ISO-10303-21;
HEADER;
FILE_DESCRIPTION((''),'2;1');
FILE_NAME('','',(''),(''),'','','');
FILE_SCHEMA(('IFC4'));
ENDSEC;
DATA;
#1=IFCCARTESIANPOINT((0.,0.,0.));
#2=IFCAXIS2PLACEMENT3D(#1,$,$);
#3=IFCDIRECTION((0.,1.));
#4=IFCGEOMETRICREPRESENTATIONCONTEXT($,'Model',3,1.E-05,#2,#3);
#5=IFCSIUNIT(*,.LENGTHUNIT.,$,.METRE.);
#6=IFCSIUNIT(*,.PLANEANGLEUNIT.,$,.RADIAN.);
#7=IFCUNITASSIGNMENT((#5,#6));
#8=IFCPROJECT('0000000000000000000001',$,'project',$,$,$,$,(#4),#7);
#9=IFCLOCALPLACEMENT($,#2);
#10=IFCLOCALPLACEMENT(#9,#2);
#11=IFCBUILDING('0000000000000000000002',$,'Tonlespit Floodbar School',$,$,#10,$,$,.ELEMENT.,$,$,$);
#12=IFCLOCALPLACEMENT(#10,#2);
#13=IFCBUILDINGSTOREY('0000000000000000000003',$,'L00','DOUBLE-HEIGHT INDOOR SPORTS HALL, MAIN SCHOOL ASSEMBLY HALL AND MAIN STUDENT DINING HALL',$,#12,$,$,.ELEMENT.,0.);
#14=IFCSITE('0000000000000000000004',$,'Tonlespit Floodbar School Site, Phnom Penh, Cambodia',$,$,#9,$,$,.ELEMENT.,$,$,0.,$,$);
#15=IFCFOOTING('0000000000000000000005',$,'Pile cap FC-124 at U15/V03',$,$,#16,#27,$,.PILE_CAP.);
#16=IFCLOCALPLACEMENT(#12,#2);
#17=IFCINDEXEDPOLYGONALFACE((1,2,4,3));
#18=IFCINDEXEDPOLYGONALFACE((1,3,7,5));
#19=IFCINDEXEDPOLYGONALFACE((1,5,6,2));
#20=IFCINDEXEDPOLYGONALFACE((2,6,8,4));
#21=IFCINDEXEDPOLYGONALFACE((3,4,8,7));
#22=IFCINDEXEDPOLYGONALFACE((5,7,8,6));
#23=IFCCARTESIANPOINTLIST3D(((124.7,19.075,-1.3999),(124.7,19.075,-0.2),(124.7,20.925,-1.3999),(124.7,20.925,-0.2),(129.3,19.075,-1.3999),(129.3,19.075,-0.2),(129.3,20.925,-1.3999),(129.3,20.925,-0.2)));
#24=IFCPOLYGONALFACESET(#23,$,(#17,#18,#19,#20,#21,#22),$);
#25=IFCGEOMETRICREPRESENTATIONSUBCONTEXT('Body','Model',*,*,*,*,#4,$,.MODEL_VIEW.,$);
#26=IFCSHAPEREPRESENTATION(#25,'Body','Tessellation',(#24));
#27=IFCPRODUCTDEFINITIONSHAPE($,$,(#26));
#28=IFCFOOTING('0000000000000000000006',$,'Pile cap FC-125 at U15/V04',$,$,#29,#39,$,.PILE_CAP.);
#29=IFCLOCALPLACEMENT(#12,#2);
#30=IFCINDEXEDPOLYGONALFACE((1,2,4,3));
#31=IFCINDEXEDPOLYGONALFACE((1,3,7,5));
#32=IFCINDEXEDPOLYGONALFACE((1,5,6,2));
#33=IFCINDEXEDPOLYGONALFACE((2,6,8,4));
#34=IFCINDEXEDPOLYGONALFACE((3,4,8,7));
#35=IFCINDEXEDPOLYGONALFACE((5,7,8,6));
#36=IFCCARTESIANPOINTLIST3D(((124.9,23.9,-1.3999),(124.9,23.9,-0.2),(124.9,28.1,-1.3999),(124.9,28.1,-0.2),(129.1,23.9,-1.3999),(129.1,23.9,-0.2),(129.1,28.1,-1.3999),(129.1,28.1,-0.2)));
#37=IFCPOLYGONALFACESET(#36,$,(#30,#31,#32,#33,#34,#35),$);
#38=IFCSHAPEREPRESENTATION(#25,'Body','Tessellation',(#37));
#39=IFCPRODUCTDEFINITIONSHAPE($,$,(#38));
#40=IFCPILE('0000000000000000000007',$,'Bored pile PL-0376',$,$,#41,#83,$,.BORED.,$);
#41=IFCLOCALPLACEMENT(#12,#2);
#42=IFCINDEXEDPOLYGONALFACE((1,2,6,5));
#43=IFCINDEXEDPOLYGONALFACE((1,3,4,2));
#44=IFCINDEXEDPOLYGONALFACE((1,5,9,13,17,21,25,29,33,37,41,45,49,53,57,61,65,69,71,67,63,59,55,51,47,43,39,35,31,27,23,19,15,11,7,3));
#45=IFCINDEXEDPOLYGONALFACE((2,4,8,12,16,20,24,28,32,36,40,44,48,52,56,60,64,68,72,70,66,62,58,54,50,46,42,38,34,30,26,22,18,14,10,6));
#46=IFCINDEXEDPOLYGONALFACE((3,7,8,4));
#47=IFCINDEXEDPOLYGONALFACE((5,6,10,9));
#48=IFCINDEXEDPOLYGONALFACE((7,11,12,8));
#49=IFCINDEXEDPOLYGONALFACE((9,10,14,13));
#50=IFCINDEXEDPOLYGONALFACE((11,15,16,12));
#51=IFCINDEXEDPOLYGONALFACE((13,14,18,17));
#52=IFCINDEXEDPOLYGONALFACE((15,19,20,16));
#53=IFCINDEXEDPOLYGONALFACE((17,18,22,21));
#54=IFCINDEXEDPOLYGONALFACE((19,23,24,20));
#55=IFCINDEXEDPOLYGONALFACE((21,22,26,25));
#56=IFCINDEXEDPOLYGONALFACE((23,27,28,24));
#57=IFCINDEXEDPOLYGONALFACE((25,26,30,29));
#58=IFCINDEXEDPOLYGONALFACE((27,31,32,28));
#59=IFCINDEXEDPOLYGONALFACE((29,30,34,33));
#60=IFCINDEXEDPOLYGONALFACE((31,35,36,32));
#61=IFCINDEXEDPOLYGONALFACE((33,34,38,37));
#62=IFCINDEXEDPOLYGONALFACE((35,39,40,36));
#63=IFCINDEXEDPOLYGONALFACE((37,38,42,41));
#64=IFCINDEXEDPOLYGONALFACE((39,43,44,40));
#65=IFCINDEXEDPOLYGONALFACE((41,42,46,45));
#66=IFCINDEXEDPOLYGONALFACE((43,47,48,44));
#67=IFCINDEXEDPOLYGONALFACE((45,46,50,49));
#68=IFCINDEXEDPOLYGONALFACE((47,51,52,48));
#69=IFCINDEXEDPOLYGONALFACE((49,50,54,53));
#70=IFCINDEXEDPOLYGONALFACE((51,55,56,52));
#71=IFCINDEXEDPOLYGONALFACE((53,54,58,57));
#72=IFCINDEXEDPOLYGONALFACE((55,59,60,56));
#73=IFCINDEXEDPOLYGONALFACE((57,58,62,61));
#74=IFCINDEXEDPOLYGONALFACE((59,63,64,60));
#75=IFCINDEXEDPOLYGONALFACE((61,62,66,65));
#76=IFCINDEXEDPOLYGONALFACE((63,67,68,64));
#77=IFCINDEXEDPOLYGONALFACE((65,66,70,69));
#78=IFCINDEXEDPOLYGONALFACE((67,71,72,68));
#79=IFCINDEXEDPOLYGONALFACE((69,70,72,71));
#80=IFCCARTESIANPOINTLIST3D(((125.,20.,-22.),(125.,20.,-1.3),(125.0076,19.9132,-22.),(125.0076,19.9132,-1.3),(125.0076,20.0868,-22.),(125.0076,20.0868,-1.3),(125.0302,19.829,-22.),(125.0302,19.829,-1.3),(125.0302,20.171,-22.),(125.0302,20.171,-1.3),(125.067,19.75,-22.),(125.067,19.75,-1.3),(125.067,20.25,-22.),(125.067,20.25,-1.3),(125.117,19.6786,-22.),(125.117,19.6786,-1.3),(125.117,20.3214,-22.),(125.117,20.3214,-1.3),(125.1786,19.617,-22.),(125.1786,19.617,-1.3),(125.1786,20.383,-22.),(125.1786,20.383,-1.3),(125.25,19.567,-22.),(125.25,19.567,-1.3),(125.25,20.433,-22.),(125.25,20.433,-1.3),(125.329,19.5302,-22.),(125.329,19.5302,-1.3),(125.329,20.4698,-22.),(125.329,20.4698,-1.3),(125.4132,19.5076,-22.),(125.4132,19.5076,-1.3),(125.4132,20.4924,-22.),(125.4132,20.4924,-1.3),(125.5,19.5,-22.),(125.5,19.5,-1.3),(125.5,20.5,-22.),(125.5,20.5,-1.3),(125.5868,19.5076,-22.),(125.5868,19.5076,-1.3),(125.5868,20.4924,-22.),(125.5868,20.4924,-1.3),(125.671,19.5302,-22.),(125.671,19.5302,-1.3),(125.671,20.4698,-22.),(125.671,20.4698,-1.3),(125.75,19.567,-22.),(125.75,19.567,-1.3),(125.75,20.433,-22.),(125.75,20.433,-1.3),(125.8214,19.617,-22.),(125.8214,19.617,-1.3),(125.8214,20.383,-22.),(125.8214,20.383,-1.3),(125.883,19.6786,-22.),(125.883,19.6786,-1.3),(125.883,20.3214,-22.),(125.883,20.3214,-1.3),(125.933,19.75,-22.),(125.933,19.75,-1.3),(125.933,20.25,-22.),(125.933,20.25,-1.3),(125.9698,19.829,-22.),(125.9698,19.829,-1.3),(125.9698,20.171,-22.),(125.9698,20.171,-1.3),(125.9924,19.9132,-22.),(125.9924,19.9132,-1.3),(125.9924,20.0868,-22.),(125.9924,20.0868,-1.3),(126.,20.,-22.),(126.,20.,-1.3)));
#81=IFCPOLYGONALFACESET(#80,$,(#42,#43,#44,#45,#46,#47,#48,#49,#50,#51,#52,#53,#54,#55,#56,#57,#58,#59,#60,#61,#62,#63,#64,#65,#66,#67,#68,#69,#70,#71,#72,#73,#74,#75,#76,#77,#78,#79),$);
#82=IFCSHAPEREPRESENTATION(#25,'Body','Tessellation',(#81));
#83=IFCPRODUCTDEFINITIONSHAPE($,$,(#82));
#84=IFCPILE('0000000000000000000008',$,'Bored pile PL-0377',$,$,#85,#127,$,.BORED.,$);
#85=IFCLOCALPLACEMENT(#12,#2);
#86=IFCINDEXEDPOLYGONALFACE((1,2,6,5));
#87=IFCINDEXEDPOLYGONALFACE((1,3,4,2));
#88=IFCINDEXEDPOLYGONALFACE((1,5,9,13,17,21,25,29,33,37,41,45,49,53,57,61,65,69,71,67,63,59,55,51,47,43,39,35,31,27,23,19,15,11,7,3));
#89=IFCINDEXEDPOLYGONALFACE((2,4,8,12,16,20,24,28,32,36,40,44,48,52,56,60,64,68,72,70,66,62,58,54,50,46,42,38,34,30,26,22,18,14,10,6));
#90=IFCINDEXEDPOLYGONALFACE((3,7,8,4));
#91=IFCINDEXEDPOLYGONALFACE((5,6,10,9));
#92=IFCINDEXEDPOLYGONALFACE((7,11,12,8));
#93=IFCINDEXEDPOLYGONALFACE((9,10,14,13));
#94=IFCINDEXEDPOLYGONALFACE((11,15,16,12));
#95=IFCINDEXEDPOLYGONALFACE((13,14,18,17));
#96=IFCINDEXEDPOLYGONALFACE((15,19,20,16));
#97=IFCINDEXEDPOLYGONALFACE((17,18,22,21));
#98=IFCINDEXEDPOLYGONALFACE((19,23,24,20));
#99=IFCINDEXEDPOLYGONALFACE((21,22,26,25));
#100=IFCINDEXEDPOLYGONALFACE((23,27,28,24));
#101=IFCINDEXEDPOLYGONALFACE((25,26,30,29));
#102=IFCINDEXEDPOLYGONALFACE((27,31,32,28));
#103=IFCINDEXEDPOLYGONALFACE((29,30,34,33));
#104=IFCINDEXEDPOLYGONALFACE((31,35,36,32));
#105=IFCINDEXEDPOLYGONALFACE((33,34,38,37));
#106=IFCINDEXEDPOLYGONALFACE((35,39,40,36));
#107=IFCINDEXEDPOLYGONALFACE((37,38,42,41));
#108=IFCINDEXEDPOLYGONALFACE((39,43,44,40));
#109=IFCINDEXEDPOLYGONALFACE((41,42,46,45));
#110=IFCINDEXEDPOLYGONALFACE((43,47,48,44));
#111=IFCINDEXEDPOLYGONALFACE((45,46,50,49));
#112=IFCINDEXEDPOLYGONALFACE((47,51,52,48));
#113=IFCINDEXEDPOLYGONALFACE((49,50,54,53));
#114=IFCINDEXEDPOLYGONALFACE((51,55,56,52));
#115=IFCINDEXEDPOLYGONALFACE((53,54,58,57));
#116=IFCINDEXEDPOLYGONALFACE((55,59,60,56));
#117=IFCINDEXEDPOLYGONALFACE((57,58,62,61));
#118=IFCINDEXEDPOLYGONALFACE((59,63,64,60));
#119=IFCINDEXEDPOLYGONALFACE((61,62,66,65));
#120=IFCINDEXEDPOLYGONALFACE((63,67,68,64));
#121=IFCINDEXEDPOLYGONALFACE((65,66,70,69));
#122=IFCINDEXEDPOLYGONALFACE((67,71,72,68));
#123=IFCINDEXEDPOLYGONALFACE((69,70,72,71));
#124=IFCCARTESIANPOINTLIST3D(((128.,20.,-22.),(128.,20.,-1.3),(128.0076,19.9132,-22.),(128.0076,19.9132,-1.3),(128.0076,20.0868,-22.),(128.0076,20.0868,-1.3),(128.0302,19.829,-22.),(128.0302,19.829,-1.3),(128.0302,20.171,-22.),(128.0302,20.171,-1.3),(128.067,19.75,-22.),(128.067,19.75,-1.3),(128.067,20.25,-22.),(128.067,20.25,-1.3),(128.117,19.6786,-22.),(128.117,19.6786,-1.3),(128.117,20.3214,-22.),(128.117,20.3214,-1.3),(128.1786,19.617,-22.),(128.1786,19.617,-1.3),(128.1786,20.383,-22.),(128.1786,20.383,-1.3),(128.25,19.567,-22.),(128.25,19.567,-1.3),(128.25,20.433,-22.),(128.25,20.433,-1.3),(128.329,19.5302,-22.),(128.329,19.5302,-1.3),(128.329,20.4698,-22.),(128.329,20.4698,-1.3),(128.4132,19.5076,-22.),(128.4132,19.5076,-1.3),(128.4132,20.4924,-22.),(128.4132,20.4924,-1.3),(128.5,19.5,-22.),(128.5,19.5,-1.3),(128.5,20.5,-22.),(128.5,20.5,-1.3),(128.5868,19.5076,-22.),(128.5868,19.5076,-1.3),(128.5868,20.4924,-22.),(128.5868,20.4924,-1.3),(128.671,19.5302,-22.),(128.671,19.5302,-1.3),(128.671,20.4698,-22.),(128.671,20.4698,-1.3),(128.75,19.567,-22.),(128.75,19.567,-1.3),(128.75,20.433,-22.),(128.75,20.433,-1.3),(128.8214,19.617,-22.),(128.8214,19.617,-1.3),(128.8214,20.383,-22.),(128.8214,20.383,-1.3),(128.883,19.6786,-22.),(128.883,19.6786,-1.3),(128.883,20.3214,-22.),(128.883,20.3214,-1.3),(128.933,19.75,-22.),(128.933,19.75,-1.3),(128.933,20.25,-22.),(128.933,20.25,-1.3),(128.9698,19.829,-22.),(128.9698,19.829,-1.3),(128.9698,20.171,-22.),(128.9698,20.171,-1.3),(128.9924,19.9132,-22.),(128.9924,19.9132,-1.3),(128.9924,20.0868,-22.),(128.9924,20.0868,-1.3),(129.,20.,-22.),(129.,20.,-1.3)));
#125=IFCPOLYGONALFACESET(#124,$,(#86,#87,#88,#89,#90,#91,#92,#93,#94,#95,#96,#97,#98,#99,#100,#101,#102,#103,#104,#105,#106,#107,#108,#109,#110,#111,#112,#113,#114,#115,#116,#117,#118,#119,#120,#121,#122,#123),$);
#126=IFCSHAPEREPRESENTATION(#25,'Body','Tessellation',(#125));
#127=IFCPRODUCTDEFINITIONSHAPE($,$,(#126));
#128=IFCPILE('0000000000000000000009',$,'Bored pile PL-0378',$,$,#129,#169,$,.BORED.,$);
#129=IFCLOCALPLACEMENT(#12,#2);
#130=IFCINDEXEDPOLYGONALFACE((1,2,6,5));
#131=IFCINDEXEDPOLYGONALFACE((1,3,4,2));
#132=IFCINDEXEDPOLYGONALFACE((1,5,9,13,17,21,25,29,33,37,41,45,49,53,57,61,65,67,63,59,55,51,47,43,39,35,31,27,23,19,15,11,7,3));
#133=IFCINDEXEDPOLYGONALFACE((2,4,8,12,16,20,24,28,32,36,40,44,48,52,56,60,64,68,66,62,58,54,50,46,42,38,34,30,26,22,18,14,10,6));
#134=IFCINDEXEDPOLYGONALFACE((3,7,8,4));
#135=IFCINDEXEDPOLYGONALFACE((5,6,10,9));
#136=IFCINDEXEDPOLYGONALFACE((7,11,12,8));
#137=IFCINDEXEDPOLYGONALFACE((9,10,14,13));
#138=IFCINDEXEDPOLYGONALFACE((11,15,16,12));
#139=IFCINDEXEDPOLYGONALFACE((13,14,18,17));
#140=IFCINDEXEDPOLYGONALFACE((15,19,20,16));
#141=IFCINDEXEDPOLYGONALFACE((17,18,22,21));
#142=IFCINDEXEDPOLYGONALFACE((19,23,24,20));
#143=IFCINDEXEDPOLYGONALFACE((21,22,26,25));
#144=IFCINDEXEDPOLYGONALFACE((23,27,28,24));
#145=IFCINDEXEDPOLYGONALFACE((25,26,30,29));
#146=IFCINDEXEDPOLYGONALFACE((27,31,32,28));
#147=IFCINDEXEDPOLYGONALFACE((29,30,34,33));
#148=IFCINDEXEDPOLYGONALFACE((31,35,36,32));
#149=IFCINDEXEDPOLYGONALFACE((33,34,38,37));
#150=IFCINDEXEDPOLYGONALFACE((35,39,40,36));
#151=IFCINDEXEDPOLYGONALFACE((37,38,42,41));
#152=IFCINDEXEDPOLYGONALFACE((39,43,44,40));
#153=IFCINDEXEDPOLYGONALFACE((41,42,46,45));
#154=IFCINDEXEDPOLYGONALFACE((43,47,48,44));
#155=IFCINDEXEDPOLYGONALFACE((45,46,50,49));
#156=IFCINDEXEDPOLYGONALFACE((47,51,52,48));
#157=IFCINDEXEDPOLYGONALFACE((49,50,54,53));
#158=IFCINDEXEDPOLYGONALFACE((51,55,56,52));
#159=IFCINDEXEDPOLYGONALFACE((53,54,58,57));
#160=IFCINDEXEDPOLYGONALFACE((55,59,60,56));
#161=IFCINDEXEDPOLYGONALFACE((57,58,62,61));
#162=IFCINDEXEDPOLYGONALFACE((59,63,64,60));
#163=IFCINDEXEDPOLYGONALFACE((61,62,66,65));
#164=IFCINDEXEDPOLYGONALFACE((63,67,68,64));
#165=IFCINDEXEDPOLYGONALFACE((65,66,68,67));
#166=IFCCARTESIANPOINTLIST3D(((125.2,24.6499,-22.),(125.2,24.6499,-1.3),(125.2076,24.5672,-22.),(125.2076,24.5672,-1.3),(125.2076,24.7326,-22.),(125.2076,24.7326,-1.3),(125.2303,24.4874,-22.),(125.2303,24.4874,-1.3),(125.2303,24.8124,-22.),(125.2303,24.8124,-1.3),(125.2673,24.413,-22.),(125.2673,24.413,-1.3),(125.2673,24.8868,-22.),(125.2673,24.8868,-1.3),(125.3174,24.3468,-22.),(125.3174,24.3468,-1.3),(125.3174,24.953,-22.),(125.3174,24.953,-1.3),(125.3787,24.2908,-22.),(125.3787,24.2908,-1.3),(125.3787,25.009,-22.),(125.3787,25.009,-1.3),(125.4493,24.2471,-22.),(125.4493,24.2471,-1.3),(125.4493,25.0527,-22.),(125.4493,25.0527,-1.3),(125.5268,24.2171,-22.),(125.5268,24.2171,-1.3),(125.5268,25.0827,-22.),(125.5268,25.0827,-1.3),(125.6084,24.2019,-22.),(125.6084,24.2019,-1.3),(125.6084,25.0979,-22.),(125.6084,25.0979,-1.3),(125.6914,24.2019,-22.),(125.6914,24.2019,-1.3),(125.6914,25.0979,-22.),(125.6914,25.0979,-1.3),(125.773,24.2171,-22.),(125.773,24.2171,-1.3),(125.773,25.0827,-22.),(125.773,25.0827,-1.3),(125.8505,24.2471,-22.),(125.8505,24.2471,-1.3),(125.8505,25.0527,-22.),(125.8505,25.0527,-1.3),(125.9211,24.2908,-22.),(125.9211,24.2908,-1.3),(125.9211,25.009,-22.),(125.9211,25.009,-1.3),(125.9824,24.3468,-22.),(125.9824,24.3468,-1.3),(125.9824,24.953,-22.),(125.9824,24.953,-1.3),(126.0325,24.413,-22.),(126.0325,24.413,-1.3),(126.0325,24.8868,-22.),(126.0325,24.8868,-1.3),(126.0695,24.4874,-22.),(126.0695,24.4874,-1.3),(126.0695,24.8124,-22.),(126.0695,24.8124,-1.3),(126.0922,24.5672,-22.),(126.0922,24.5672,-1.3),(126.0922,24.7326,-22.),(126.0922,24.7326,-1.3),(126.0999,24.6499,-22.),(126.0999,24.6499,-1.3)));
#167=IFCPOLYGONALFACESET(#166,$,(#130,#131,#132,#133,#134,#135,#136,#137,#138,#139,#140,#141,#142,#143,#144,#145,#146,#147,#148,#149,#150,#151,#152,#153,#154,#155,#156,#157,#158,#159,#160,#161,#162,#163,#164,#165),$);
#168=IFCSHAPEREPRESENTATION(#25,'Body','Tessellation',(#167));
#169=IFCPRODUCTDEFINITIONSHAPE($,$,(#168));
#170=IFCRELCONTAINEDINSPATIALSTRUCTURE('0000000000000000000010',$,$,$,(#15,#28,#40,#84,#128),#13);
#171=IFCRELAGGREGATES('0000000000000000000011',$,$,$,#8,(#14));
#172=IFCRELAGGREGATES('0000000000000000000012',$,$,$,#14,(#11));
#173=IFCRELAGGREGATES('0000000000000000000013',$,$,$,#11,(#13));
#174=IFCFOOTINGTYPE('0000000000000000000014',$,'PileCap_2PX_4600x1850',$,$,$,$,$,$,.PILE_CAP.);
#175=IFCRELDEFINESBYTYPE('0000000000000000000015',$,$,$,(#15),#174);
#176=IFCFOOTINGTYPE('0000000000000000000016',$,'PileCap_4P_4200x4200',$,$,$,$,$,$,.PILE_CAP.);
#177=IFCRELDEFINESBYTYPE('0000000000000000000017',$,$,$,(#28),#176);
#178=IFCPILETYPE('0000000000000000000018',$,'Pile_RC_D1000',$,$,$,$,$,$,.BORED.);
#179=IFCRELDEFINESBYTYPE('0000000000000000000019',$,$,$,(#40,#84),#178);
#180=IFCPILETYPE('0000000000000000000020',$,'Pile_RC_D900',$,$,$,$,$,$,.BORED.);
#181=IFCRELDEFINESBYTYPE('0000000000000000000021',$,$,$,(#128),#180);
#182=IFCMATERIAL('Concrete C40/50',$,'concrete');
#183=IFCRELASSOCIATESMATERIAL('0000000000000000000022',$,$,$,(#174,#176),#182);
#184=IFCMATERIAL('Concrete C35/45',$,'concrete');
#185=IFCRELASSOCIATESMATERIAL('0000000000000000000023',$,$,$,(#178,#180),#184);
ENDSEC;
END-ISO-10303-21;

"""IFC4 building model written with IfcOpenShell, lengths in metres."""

from ifc_helpers import new_model, si_unit, direction, frame, origin, origin_2d, place, context, subcontext, project, spatial, rectangle, circle, extrude, material, material_profile, profile_set, type_object, element, save


model = new_model("IFC4")

# Units and contexts
model_context = context("Model", 3, precision=1e-05, world=origin(), true_north=direction((0.0, 1.0)))
body_context = subcontext(model_context, "Body", "Model", "MODEL_VIEW")
ifc_project = project(units=[si_unit("LENGTHUNIT", "METRE"), si_unit("PLANEANGLEUNIT", "RADIAN")], contexts=[model_context])

# Site, building, storey
site_placement = place(None, origin())
site = spatial("IfcSite", under=ifc_project, at=site_placement, Name="Tonlespit Floodbar School Site, Phnom Penh, Cambodia", CompositionType="ELEMENT", RefElevation=0.0)
building_placement = place(site_placement, origin())
building = spatial("IfcBuilding", under=site, at=building_placement, Name="Tonlespit Floodbar School", CompositionType="ELEMENT")
storey_placement = place(building_placement, origin())
storey = spatial("IfcBuildingStorey", under=building, at=storey_placement, Name="L00", Description="DOUBLE-HEIGHT INDOOR SPORTS HALL, MAIN SCHOOL ASSEMBLY HALL AND MAIN STUDENT DINING HALL", CompositionType="ELEMENT", Elevation=0.0)

# Footings
ifc_material_1 = material(Name="Concrete C40/50", Category="concrete")
footing_type_1 = type_object("IfcFootingType", Name="PileCap_2PX_4600x1850", PredefinedType="PILE_CAP", material=ifc_material_1)
footing_1_placement = place(storey_placement, frame((127.0, 20.0, -1.3999), z_axis=(0.0, 0.0, 1.0), x_axis=(1.0, 0.0, 0.0)))
element("IfcFooting", 1, at=footing_1_placement, inside=storey, type_object=footing_type_1, Name="Pile cap FC-124 at U15/V03", PredefinedType="PILE_CAP", context=body_context, shape_type="SweptSolid", body=[
    extrude(rectangle(XDim=4.6001, YDim=1.8501, at=origin_2d()), origin(), (0.0, 0.0, 1.0), 1.2),
])
footing_type_2 = type_object("IfcFootingType", Name="PileCap_4P_4200x4200", PredefinedType="PILE_CAP", material=ifc_material_1)
footing_2_placement = place(storey_placement, frame((127.0, 26.0, -1.3999), z_axis=(0.0, 0.0, 1.0), x_axis=(1.0, 0.0, 0.0)))
element("IfcFooting", 2, at=footing_2_placement, inside=storey, type_object=footing_type_2, Name="Pile cap FC-125 at U15/V04", PredefinedType="PILE_CAP", context=body_context, shape_type="SweptSolid", body=[
    extrude(rectangle(XDim=4.2, YDim=4.2, at=origin_2d()), origin(), (0.0, 0.0, 1.0), 1.2),
])

# Piles
ifc_material_2 = material(Name="Concrete C35/45", Category="concrete")
ifc_material_profile_1 = material_profile(ifc_material_2, circle(Radius=0.5, at=origin_2d()), Name="BP D1000")
ifc_profile_set_1 = profile_set([ifc_material_profile_1], Name="Concrete C35/45")
pile_type_1 = type_object("IfcPileType", Name="Pile_RC_D1000", PredefinedType="BORED", material=ifc_profile_set_1)
for number, where, z_axis, x_axis, name in (
    (3, (125.5, 20.0, -1.3), (0.0, 0.0, -1.0), (1.0, 0.0, 0.0), "Bored pile PL-0376"),
    (4, (128.5, 20.0, -1.3), (0.0, 0.0, -1.0), (1.0, 0.0, 0.0), "Bored pile PL-0377"),
):
    element("IfcPile", number, at=place(storey_placement, frame(where, z_axis=z_axis, x_axis=x_axis)), inside=storey, type_object=pile_type_1, Name=name, PredefinedType="BORED", context=body_context, shape_type="SweptSolid", body=[
        extrude(circle(Radius=0.5, at=origin_2d()), origin(), (0.0, 0.0, 1.0), 20.7),
    ])
ifc_material_profile_2 = material_profile(ifc_material_2, circle(Radius=0.45, at=origin_2d()), Name="BP D900")
ifc_profile_set_2 = profile_set([ifc_material_profile_2], Name="Concrete C35/45")
pile_type_2 = type_object("IfcPileType", Name="Pile_RC_D900", PredefinedType="BORED", material=ifc_profile_set_2)
for number, where, z_axis, x_axis, name in (
    (5, (125.6499, 24.6499, -1.3), (0.0, 0.0, -1.0), (1.0, 0.0, 0.0), "Bored pile PL-0378"),
):
    element("IfcPile", number, at=place(storey_placement, frame(where, z_axis=z_axis, x_axis=x_axis)), inside=storey, type_object=pile_type_2, Name=name, PredefinedType="BORED", context=body_context, shape_type="SweptSolid", body=[
        extrude(circle(Radius=0.45, at=origin_2d()), origin(), (0.0, 0.0, 1.0), 20.7),
    ])

save(model, "model.ifc")
